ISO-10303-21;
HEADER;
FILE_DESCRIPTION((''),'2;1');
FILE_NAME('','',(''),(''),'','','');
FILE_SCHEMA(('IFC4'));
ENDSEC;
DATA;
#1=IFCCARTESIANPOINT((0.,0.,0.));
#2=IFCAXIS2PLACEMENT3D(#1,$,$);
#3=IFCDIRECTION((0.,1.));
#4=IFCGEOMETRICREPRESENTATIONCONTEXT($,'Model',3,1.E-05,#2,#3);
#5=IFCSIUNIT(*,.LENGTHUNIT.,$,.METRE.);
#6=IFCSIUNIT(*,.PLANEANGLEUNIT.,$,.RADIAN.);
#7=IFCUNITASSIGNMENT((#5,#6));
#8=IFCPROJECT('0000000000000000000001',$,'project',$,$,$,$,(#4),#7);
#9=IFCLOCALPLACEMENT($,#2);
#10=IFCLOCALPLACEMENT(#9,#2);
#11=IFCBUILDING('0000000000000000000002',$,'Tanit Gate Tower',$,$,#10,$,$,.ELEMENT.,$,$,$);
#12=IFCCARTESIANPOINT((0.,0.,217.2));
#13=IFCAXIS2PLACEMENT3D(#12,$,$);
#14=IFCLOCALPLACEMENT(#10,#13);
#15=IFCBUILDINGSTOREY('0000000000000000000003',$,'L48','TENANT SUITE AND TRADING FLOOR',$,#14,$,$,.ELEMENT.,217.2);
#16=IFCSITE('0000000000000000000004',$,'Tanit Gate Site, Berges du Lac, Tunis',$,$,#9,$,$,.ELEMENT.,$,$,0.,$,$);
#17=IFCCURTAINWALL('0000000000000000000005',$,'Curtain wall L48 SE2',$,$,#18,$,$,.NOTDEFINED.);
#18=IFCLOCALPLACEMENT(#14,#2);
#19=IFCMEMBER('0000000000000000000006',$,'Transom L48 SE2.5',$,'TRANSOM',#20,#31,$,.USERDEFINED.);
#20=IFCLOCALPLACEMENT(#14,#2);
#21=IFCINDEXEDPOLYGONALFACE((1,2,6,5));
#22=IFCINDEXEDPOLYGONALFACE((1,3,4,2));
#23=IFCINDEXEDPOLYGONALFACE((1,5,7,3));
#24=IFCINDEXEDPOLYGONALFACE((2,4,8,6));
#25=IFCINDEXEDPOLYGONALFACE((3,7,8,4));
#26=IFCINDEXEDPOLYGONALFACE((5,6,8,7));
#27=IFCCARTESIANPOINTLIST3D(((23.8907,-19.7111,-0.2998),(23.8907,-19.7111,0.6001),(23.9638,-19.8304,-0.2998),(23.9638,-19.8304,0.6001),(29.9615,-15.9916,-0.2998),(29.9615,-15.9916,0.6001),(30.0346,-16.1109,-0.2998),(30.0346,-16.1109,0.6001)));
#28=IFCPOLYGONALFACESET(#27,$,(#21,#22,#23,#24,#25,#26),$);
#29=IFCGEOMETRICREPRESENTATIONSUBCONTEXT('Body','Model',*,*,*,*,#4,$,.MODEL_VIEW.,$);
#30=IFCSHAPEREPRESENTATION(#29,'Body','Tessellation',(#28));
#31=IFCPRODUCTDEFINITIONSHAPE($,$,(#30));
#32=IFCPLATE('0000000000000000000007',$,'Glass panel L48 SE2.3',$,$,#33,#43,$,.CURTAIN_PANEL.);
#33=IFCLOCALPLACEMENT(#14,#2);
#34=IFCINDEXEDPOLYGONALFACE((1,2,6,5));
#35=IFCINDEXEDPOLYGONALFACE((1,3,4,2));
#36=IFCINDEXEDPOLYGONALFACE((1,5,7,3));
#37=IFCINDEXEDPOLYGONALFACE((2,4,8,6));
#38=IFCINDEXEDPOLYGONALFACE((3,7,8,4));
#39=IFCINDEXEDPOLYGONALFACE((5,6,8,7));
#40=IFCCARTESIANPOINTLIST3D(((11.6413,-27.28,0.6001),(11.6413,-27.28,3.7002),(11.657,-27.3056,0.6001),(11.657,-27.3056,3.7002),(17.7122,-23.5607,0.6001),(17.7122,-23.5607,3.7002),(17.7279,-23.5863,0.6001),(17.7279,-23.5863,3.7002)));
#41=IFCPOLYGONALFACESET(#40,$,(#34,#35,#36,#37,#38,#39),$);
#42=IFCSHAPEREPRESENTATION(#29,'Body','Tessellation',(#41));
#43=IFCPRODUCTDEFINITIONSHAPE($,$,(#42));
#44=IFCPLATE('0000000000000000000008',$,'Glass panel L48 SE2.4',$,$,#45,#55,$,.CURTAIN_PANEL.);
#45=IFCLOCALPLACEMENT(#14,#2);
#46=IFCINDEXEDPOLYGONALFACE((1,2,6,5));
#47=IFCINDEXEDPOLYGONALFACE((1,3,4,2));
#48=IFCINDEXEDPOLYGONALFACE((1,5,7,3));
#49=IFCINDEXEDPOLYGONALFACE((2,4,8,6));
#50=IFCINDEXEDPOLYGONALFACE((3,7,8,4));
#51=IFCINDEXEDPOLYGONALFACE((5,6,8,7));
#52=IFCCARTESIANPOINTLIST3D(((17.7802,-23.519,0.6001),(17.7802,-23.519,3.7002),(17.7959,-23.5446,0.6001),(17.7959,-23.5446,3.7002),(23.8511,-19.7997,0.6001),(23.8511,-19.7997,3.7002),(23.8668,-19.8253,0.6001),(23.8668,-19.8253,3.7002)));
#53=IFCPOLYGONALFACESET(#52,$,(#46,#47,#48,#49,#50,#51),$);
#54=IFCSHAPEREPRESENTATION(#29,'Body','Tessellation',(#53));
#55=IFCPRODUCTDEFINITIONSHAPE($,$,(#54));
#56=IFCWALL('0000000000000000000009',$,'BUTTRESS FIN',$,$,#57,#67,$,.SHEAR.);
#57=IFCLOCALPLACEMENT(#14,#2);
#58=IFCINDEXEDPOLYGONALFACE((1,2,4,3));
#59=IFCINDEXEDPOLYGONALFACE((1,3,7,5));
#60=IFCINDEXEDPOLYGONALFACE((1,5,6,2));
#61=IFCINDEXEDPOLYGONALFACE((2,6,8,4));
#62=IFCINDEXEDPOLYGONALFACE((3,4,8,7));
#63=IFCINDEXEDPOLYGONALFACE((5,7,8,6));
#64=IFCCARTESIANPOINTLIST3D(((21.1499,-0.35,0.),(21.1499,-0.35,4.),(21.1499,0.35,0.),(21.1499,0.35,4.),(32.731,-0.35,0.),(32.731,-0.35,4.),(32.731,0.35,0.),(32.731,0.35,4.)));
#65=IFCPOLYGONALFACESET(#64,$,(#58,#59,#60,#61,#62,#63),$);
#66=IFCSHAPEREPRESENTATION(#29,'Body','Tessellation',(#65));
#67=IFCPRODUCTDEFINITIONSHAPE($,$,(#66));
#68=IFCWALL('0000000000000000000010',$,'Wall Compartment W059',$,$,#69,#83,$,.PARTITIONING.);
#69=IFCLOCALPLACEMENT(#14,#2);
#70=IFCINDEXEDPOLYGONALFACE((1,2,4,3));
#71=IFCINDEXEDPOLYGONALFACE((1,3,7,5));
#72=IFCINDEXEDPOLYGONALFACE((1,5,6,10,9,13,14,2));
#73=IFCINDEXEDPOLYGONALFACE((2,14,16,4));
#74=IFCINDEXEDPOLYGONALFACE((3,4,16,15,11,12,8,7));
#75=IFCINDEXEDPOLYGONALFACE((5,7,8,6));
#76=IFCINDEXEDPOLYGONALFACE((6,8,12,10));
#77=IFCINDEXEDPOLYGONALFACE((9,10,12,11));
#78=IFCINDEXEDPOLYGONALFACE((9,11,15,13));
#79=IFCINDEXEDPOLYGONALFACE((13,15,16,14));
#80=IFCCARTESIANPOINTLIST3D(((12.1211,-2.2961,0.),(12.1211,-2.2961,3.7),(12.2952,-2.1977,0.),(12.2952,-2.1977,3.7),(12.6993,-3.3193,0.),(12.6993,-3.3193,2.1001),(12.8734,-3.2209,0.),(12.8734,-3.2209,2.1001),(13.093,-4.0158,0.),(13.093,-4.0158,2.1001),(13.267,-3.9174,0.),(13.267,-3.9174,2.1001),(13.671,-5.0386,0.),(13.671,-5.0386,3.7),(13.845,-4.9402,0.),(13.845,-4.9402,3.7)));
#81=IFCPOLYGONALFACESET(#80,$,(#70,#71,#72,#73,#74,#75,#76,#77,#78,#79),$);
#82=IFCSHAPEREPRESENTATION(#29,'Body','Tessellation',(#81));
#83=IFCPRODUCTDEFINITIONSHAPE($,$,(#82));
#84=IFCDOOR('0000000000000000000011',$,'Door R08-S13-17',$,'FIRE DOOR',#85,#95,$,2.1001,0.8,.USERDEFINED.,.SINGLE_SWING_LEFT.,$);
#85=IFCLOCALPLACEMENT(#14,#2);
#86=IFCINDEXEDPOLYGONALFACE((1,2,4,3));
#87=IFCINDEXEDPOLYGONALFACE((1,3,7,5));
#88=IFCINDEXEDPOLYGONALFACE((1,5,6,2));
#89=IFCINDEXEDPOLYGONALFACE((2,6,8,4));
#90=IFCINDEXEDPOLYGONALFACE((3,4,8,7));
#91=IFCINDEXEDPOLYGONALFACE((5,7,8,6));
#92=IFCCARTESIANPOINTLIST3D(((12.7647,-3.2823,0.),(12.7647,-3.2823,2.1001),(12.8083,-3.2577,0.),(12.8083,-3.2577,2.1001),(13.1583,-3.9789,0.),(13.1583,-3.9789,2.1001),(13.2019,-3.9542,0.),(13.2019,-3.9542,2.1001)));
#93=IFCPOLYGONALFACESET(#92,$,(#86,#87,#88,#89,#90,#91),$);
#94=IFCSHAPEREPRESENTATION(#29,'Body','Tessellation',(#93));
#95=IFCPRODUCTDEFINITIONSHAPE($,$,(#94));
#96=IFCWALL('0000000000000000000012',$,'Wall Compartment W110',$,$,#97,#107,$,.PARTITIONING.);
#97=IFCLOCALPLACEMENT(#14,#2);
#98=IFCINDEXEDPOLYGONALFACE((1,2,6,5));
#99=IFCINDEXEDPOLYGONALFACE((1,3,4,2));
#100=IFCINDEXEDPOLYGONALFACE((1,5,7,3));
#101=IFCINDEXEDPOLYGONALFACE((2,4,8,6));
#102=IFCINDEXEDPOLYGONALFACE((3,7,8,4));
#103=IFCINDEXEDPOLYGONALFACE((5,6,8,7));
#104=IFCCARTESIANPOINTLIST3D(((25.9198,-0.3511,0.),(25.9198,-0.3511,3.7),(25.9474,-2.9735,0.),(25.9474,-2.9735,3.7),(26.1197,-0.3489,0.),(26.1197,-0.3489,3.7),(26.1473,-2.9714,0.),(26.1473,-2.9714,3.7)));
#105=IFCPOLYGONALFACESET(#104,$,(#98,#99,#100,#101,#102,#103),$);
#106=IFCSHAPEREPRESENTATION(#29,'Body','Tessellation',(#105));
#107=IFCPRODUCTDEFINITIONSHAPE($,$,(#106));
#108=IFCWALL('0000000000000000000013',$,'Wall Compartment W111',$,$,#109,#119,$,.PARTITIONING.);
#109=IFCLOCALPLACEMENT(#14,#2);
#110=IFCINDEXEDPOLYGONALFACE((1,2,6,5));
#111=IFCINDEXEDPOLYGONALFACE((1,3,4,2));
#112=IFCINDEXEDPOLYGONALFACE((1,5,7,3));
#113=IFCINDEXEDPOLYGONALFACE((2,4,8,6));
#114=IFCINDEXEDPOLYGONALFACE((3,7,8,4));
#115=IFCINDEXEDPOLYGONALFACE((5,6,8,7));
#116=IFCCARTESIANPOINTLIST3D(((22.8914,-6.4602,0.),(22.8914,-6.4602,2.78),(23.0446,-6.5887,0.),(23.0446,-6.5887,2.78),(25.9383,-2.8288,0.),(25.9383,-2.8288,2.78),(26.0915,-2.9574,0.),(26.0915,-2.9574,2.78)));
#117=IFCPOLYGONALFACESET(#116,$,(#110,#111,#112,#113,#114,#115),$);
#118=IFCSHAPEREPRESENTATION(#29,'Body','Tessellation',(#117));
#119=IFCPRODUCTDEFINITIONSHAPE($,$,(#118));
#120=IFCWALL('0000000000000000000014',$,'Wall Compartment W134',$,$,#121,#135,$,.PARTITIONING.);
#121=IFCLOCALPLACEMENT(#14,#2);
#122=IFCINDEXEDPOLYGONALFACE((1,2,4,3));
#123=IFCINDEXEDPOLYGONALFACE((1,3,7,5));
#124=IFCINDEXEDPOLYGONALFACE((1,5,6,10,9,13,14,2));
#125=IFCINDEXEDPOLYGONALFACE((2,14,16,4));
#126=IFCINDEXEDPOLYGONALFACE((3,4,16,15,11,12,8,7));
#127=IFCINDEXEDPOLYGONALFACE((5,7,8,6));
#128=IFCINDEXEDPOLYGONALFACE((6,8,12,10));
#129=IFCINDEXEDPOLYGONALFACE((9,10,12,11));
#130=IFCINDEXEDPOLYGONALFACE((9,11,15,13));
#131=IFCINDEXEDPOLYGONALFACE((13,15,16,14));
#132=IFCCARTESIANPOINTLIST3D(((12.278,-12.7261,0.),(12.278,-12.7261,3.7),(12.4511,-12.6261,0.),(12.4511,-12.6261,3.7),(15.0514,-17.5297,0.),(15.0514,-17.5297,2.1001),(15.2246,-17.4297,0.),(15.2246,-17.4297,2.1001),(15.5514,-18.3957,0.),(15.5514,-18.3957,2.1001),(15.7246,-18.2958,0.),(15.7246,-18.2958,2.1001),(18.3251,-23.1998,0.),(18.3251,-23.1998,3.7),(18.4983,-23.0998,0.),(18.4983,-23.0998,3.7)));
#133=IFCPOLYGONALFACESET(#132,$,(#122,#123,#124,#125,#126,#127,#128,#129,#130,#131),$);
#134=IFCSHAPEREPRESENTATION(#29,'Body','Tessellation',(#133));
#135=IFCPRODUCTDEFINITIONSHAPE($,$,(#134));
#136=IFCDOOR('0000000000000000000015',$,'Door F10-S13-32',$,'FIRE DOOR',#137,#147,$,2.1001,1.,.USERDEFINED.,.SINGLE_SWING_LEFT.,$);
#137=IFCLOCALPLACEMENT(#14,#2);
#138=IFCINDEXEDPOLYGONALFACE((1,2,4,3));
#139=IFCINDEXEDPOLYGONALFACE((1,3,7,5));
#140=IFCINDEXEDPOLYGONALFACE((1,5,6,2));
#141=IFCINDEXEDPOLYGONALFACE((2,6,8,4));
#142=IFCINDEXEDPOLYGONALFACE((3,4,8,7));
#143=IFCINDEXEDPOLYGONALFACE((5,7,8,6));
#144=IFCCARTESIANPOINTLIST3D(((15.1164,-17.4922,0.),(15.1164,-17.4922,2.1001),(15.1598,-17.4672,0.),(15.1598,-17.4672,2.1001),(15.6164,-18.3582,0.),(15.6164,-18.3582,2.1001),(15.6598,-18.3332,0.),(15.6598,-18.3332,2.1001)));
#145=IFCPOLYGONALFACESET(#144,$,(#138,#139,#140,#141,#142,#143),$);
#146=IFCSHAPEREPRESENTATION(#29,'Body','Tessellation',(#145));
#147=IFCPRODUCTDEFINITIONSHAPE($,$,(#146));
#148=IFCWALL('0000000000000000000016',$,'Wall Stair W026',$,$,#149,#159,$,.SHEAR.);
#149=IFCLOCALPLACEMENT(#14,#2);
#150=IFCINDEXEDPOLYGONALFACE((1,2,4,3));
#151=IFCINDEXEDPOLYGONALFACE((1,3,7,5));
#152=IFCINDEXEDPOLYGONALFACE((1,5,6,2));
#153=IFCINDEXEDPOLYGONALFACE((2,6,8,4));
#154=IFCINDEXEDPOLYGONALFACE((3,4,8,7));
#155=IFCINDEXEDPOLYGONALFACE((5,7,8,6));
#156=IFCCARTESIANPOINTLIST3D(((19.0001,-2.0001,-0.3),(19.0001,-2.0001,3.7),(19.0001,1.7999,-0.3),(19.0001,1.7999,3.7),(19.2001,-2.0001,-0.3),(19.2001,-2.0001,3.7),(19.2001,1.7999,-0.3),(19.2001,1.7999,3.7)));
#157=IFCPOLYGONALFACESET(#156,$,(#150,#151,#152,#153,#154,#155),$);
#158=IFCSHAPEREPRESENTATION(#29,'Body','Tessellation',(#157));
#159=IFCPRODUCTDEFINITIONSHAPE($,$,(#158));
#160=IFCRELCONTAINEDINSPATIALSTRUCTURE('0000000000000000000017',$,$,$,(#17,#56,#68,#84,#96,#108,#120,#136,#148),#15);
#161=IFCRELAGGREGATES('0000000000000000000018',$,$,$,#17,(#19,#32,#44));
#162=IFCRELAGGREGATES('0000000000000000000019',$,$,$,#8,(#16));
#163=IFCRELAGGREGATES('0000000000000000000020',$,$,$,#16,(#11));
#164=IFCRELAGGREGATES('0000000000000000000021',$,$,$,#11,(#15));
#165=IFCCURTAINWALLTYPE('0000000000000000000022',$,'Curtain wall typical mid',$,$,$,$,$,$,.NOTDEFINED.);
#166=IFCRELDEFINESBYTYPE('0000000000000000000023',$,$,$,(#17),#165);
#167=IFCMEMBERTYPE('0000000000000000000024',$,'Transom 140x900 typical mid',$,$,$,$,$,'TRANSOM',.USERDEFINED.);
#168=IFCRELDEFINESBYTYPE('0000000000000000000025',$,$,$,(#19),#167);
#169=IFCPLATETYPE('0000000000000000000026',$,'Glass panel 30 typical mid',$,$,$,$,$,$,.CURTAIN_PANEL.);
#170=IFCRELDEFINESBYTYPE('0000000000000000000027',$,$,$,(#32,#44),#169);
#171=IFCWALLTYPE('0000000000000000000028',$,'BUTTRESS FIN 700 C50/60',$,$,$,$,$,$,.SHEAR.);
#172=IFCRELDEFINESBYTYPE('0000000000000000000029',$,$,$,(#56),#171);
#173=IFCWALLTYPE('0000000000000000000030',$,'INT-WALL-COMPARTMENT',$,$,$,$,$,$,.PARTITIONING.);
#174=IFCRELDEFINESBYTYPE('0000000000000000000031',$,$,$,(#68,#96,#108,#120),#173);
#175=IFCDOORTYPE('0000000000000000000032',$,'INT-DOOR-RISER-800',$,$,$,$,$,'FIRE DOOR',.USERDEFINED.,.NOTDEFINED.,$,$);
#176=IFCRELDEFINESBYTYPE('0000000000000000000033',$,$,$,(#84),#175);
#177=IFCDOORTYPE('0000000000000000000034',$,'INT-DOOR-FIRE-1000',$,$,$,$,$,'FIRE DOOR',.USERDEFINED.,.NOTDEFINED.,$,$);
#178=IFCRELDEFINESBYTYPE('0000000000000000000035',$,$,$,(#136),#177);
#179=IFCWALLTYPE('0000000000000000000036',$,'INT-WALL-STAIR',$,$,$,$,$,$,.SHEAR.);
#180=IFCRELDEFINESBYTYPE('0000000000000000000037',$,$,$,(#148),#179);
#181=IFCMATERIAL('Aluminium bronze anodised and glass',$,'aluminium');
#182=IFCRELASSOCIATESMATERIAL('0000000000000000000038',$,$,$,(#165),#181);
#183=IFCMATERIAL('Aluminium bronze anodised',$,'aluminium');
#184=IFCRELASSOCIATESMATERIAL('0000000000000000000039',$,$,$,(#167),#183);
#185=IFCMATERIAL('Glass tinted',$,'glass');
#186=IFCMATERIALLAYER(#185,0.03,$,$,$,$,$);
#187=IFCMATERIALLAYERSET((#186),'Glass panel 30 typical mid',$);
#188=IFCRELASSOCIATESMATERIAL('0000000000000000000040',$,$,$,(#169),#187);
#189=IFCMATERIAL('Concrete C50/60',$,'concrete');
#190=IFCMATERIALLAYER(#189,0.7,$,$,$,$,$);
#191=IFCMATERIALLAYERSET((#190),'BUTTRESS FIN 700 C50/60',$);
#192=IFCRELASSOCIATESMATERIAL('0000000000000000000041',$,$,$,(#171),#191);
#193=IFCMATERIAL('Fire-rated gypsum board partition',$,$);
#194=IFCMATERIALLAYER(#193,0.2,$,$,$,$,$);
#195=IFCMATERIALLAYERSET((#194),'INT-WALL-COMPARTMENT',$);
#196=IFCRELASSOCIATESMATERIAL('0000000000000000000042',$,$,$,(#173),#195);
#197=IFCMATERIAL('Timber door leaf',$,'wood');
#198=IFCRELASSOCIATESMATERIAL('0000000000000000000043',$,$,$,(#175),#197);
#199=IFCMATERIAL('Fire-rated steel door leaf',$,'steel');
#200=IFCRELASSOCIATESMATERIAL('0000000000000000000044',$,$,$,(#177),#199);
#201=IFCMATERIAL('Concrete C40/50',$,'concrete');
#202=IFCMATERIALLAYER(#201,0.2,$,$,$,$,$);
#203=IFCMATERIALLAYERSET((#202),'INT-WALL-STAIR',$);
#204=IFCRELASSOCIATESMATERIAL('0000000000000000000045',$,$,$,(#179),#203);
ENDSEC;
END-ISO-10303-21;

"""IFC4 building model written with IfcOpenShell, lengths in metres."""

from ifc_helpers import new_model, si_unit, direction, frame, frame_2d, origin, origin_2d, place, context, subcontext, project, spatial, rectangle, extrude, material, layer, layer_set, material_profile, profile_set, type_object, element, fill, aggregate, save


model = new_model("IFC4")

# Units and contexts
model_context = context("Model", 3, precision=1e-05, world=origin(), true_north=direction((0.0, 1.0)))
body_context = subcontext(model_context, "Body", "Model", "MODEL_VIEW")
ifc_project = project(units=[si_unit("LENGTHUNIT", "METRE"), si_unit("PLANEANGLEUNIT", "RADIAN")], contexts=[model_context])

# Site, building, storey
site_placement = place(None, origin())
site = spatial("IfcSite", under=ifc_project, at=site_placement, Name="Tanit Gate Site, Berges du Lac, Tunis", CompositionType="ELEMENT", RefElevation=0.0)
building_placement = place(site_placement, origin())
building = spatial("IfcBuilding", under=site, at=building_placement, Name="Tanit Gate Tower", CompositionType="ELEMENT")
storey_placement = place(building_placement, frame((0.0, 0.0, 217.2)))
storey = spatial("IfcBuildingStorey", under=building, at=storey_placement, Name="L48", Description="TENANT SUITE AND TRADING FLOOR", CompositionType="ELEMENT", Elevation=217.2)

# Curtain wall
ifc_material_1 = material(Name="Aluminium bronze anodised and glass", Category="aluminium")
curtain_wall_type = type_object("IfcCurtainWallType", Name="Curtain wall typical mid", PredefinedType="NOTDEFINED", material=ifc_material_1)
curtain_wall_placement = place(storey_placement, origin())
curtain_wall = element("IfcCurtainWall", 1, at=curtain_wall_placement, inside=storey, type_object=curtain_wall_type, Name="Curtain wall L48 SE2", PredefinedType="NOTDEFINED")

# Member
ifc_material_2 = material(Name="Aluminium bronze anodised", Category="aluminium")
ifc_material_profile_1 = material_profile(ifc_material_2, rectangle(XDim=0.1399, YDim=0.8999, at=origin_2d()), Name="140x900 bronze transom")
ifc_profile_set_1 = profile_set([ifc_material_profile_1], Name="Aluminium bronze anodised")
member_type_1 = type_object("IfcMemberType", Name="Transom 140x900 typical mid", ElementType="TRANSOM", PredefinedType="USERDEFINED", material=ifc_profile_set_1)
member_1_placement = place(storey_placement, frame((23.9272, -19.7708, 0.1501), z_axis=(0.852685, 0.522426, 0.0), x_axis=(-0.522426, 0.852685, 0.0)))
member_1 = element("IfcMember", 2, at=member_1_placement, type_object=member_type_1, Name="Transom L48 SE2.5", ObjectType="TRANSOM", PredefinedType="USERDEFINED", context=body_context, shape_type="SweptSolid", body=[
    extrude(rectangle(XDim=0.1399, YDim=0.8999, at=origin_2d()), origin(), (0.0, 0.0, 1.0), 7.1196),
])

# Plates
ifc_material_3 = material(Name="Glass tinted", Category="glass")
ifc_layer_1 = layer(ifc_material_3, 0.03)
ifc_layer_set_1 = layer_set([ifc_layer_1], Name="Glass panel 30 typical mid")
plate_type = type_object("IfcPlateType", Name="Glass panel 30 typical mid", PredefinedType="CURTAIN_PANEL", material=ifc_layer_set_1)
plate_1_placement = place(storey_placement, frame((14.6846, -25.4331, 0.6001), z_axis=(0.0, 0.0, 1.0), x_axis=(0.8527, 0.522401, 0.0)))
plate_1 = element("IfcPlate", 3, at=plate_1_placement, type_object=plate_type, Name="Glass panel L48 SE2.3", PredefinedType="CURTAIN_PANEL", context=body_context, shape_type="SweptSolid", body=[
    extrude(rectangle(XDim=7.1196, YDim=0.03, at=origin_2d()), origin(), (0.0, 0.0, 1.0), 3.1001),
])
plate_2_placement = place(storey_placement, frame((20.8235, -21.6721, 0.6001), z_axis=(0.0, 0.0, 1.0), x_axis=(0.8527, 0.522401, 0.0)))
plate_2 = element("IfcPlate", 4, at=plate_2_placement, type_object=plate_type, Name="Glass panel L48 SE2.4", PredefinedType="CURTAIN_PANEL", context=body_context, shape_type="SweptSolid", body=[
    extrude(rectangle(XDim=7.1196, YDim=0.03, at=origin_2d()), origin(), (0.0, 0.0, 1.0), 3.1001),
])
aggregate(curtain_wall, [member_1, plate_1, plate_2])

# Wall
ifc_material_4 = material(Name="Concrete C50/60", Category="concrete")
ifc_layer_2 = layer(ifc_material_4, 0.7)
ifc_layer_set_2 = layer_set([ifc_layer_2], Name="BUTTRESS FIN 700 C50/60")
wall_type_1 = type_object("IfcWallType", Name="BUTTRESS FIN 700 C50/60", PredefinedType="SHEAR", material=ifc_layer_set_2)
wall_1_placement = place(storey_placement, frame((21.1499, 0.0, 0.0), z_axis=(0.0, 0.0, 1.0), x_axis=(1.0, 0.0, 0.0)))
element("IfcWall", 5, at=wall_1_placement, inside=storey, type_object=wall_type_1, Name="BUTTRESS FIN", PredefinedType="SHEAR", context=body_context, shape_type="SweptSolid", body=[
    extrude(rectangle(XDim=11.5811, YDim=0.7, at=frame_2d((5.7905, 0.0))), origin(), (0.0, 0.0, 1.0), 4.0),
])

# Wall, opening, door
ifc_material_5 = material(Name="Fire-rated gypsum board partition")
ifc_layer_3 = layer(ifc_material_5, 0.2)
ifc_layer_set_3 = layer_set([ifc_layer_3], Name="INT-WALL-COMPARTMENT")
wall_type_2 = type_object("IfcWallType", Name="INT-WALL-COMPARTMENT", PredefinedType="PARTITIONING", material=ifc_layer_set_3)
wall_2_placement = place(storey_placement, frame((13.7581, -4.9895, 0.0), z_axis=(0.0, 0.0, 1.0), x_axis=(-0.491993, 0.870599, 0.0)))
wall_2 = element("IfcWall", 6, at=wall_2_placement, inside=storey, type_object=wall_type_2, Name="Wall Compartment W059", PredefinedType="PARTITIONING", context=body_context, shape_type="SweptSolid", body=[
    extrude(rectangle(XDim=3.1501, YDim=0.2, at=frame_2d((1.5752, 0.0))), origin(), (0.0, 0.0, 1.0), 3.7),
])
opening_1_placement = place(wall_2_placement, frame((1.175, 0.0, 0.0)))
opening_1 = element("IfcOpeningElement", 7, at=opening_1_placement, cuts=wall_2, PredefinedType="OPENING", context=body_context, shape_type="SweptSolid", body=[
    extrude(rectangle(XDim=0.8, YDim=2.1001, at=frame_2d((0.3999, 1.05))), frame((0.0, 0.1099, 0.0), z_axis=(0.0, -1.0, 0.0), x_axis=(1.0, 0.0, 0.0)), (0.0, 0.0, 1.0), 0.22),
])
ifc_material_6 = material(Name="Timber door leaf", Category="wood")
door_type_1 = type_object("IfcDoorType", Name="INT-DOOR-RISER-800", ElementType="FIRE DOOR", OperationType="NOTDEFINED", PredefinedType="USERDEFINED", material=ifc_material_6)
door_1_placement = place(opening_1_placement, origin())
door_1 = element("IfcDoor", 8, at=door_1_placement, inside=storey, type_object=door_type_1, Name="Door R08-S13-17", ObjectType="FIRE DOOR", OperationType="SINGLE_SWING_LEFT", OverallHeight=2.1001, OverallWidth=0.8, PredefinedType="USERDEFINED", context=body_context, shape_type="SweptSolid", body=[
    extrude(rectangle(XDim=0.8, YDim=2.1001, at=frame_2d((0.3999, 1.05))), frame((0.0, 0.0249, 0.0), z_axis=(0.0, -1.0, 0.0), x_axis=(1.0, 0.0, 0.0)), (0.0, 0.0, 1.0), 0.05),
])
fill(opening_1, door_1)

# Walls
wall_3_placement = place(storey_placement, frame((26.0474, -2.9724, 0.0), z_axis=(0.0, 0.0, 1.0), x_axis=(-0.01052, 0.999945, 0.0)))
element("IfcWall", 9, at=wall_3_placement, inside=storey, type_object=wall_type_2, Name="Wall Compartment W110", PredefinedType="PARTITIONING", context=body_context, shape_type="SweptSolid", body=[
    extrude(rectangle(XDim=2.6226, YDim=0.2, at=frame_2d((1.3113, 0.0))), origin(), (0.0, 0.0, 1.0), 3.7),
])
wall_4_placement = place(storey_placement, frame((22.968, -6.5244, 0.0), z_axis=(0.0, 0.0, 1.0), x_axis=(0.642764, 0.766064, 0.0)))
element("IfcWall", 10, at=wall_4_placement, inside=storey, type_object=wall_type_2, Name="Wall Compartment W111", PredefinedType="PARTITIONING", context=body_context, shape_type="SweptSolid", body=[
    extrude(rectangle(XDim=4.7402, YDim=0.2, at=frame_2d((2.3701, 0.0))), origin(), (0.0, 0.0, 1.0), 2.78),
])

# Wall, opening, door
wall_5_placement = place(storey_placement, frame((18.4116, -23.1497, 0.0), z_axis=(0.0, 0.0, 1.0), x_axis=(-0.50001, 0.86602, 0.0)))
wall_5 = element("IfcWall", 11, at=wall_5_placement, inside=storey, type_object=wall_type_2, Name="Wall Compartment W134", PredefinedType="PARTITIONING", context=body_context, shape_type="SweptSolid", body=[
    extrude(rectangle(XDim=12.094, YDim=0.2, at=frame_2d((6.0469, 0.0))), origin(), (0.0, 0.0, 1.0), 3.7),
])
opening_2_placement = place(wall_5_placement, frame((5.5471, 0.0, 0.0)))
opening_2 = element("IfcOpeningElement", 12, at=opening_2_placement, cuts=wall_5, PredefinedType="OPENING", context=body_context, shape_type="SweptSolid", body=[
    extrude(rectangle(XDim=1.0, YDim=2.1001, at=frame_2d((0.5, 1.05))), frame((0.0, 0.1099, 0.0), z_axis=(0.0, -1.0, 0.0), x_axis=(1.0, 0.0, 0.0)), (0.0, 0.0, 1.0), 0.22),
])
ifc_material_7 = material(Name="Fire-rated steel door leaf", Category="steel")
door_type_2 = type_object("IfcDoorType", Name="INT-DOOR-FIRE-1000", ElementType="FIRE DOOR", OperationType="NOTDEFINED", PredefinedType="USERDEFINED", material=ifc_material_7)
door_2_placement = place(opening_2_placement, origin())
door_2 = element("IfcDoor", 13, at=door_2_placement, inside=storey, type_object=door_type_2, Name="Door F10-S13-32", ObjectType="FIRE DOOR", OperationType="SINGLE_SWING_LEFT", OverallHeight=2.1001, OverallWidth=1.0, PredefinedType="USERDEFINED", context=body_context, shape_type="SweptSolid", body=[
    extrude(rectangle(XDim=1.0, YDim=2.1001, at=frame_2d((0.5, 1.05))), frame((0.0, 0.0249, 0.0), z_axis=(0.0, -1.0, 0.0), x_axis=(1.0, 0.0, 0.0)), (0.0, 0.0, 1.0), 0.05),
])
fill(opening_2, door_2)

# Wall
ifc_material_8 = material(Name="Concrete C40/50", Category="concrete")
ifc_layer_4 = layer(ifc_material_8, 0.2)
ifc_layer_set_4 = layer_set([ifc_layer_4], Name="INT-WALL-STAIR")
wall_type_3 = type_object("IfcWallType", Name="INT-WALL-STAIR", PredefinedType="SHEAR", material=ifc_layer_set_4)
wall_6_placement = place(storey_placement, frame((19.1001, -2.0, -0.3), z_axis=(0.0, 0.0, 1.0), x_axis=(0.0, 1.0, 0.0)))
element("IfcWall", 14, at=wall_6_placement, inside=storey, type_object=wall_type_3, Name="Wall Stair W026", PredefinedType="SHEAR", context=body_context, shape_type="SweptSolid", body=[
    extrude(rectangle(XDim=3.8, YDim=0.2, at=frame_2d((1.8999, 0.0))), origin(), (0.0, 0.0, 1.0), 4.0),
])

save(model, "model.ifc")
